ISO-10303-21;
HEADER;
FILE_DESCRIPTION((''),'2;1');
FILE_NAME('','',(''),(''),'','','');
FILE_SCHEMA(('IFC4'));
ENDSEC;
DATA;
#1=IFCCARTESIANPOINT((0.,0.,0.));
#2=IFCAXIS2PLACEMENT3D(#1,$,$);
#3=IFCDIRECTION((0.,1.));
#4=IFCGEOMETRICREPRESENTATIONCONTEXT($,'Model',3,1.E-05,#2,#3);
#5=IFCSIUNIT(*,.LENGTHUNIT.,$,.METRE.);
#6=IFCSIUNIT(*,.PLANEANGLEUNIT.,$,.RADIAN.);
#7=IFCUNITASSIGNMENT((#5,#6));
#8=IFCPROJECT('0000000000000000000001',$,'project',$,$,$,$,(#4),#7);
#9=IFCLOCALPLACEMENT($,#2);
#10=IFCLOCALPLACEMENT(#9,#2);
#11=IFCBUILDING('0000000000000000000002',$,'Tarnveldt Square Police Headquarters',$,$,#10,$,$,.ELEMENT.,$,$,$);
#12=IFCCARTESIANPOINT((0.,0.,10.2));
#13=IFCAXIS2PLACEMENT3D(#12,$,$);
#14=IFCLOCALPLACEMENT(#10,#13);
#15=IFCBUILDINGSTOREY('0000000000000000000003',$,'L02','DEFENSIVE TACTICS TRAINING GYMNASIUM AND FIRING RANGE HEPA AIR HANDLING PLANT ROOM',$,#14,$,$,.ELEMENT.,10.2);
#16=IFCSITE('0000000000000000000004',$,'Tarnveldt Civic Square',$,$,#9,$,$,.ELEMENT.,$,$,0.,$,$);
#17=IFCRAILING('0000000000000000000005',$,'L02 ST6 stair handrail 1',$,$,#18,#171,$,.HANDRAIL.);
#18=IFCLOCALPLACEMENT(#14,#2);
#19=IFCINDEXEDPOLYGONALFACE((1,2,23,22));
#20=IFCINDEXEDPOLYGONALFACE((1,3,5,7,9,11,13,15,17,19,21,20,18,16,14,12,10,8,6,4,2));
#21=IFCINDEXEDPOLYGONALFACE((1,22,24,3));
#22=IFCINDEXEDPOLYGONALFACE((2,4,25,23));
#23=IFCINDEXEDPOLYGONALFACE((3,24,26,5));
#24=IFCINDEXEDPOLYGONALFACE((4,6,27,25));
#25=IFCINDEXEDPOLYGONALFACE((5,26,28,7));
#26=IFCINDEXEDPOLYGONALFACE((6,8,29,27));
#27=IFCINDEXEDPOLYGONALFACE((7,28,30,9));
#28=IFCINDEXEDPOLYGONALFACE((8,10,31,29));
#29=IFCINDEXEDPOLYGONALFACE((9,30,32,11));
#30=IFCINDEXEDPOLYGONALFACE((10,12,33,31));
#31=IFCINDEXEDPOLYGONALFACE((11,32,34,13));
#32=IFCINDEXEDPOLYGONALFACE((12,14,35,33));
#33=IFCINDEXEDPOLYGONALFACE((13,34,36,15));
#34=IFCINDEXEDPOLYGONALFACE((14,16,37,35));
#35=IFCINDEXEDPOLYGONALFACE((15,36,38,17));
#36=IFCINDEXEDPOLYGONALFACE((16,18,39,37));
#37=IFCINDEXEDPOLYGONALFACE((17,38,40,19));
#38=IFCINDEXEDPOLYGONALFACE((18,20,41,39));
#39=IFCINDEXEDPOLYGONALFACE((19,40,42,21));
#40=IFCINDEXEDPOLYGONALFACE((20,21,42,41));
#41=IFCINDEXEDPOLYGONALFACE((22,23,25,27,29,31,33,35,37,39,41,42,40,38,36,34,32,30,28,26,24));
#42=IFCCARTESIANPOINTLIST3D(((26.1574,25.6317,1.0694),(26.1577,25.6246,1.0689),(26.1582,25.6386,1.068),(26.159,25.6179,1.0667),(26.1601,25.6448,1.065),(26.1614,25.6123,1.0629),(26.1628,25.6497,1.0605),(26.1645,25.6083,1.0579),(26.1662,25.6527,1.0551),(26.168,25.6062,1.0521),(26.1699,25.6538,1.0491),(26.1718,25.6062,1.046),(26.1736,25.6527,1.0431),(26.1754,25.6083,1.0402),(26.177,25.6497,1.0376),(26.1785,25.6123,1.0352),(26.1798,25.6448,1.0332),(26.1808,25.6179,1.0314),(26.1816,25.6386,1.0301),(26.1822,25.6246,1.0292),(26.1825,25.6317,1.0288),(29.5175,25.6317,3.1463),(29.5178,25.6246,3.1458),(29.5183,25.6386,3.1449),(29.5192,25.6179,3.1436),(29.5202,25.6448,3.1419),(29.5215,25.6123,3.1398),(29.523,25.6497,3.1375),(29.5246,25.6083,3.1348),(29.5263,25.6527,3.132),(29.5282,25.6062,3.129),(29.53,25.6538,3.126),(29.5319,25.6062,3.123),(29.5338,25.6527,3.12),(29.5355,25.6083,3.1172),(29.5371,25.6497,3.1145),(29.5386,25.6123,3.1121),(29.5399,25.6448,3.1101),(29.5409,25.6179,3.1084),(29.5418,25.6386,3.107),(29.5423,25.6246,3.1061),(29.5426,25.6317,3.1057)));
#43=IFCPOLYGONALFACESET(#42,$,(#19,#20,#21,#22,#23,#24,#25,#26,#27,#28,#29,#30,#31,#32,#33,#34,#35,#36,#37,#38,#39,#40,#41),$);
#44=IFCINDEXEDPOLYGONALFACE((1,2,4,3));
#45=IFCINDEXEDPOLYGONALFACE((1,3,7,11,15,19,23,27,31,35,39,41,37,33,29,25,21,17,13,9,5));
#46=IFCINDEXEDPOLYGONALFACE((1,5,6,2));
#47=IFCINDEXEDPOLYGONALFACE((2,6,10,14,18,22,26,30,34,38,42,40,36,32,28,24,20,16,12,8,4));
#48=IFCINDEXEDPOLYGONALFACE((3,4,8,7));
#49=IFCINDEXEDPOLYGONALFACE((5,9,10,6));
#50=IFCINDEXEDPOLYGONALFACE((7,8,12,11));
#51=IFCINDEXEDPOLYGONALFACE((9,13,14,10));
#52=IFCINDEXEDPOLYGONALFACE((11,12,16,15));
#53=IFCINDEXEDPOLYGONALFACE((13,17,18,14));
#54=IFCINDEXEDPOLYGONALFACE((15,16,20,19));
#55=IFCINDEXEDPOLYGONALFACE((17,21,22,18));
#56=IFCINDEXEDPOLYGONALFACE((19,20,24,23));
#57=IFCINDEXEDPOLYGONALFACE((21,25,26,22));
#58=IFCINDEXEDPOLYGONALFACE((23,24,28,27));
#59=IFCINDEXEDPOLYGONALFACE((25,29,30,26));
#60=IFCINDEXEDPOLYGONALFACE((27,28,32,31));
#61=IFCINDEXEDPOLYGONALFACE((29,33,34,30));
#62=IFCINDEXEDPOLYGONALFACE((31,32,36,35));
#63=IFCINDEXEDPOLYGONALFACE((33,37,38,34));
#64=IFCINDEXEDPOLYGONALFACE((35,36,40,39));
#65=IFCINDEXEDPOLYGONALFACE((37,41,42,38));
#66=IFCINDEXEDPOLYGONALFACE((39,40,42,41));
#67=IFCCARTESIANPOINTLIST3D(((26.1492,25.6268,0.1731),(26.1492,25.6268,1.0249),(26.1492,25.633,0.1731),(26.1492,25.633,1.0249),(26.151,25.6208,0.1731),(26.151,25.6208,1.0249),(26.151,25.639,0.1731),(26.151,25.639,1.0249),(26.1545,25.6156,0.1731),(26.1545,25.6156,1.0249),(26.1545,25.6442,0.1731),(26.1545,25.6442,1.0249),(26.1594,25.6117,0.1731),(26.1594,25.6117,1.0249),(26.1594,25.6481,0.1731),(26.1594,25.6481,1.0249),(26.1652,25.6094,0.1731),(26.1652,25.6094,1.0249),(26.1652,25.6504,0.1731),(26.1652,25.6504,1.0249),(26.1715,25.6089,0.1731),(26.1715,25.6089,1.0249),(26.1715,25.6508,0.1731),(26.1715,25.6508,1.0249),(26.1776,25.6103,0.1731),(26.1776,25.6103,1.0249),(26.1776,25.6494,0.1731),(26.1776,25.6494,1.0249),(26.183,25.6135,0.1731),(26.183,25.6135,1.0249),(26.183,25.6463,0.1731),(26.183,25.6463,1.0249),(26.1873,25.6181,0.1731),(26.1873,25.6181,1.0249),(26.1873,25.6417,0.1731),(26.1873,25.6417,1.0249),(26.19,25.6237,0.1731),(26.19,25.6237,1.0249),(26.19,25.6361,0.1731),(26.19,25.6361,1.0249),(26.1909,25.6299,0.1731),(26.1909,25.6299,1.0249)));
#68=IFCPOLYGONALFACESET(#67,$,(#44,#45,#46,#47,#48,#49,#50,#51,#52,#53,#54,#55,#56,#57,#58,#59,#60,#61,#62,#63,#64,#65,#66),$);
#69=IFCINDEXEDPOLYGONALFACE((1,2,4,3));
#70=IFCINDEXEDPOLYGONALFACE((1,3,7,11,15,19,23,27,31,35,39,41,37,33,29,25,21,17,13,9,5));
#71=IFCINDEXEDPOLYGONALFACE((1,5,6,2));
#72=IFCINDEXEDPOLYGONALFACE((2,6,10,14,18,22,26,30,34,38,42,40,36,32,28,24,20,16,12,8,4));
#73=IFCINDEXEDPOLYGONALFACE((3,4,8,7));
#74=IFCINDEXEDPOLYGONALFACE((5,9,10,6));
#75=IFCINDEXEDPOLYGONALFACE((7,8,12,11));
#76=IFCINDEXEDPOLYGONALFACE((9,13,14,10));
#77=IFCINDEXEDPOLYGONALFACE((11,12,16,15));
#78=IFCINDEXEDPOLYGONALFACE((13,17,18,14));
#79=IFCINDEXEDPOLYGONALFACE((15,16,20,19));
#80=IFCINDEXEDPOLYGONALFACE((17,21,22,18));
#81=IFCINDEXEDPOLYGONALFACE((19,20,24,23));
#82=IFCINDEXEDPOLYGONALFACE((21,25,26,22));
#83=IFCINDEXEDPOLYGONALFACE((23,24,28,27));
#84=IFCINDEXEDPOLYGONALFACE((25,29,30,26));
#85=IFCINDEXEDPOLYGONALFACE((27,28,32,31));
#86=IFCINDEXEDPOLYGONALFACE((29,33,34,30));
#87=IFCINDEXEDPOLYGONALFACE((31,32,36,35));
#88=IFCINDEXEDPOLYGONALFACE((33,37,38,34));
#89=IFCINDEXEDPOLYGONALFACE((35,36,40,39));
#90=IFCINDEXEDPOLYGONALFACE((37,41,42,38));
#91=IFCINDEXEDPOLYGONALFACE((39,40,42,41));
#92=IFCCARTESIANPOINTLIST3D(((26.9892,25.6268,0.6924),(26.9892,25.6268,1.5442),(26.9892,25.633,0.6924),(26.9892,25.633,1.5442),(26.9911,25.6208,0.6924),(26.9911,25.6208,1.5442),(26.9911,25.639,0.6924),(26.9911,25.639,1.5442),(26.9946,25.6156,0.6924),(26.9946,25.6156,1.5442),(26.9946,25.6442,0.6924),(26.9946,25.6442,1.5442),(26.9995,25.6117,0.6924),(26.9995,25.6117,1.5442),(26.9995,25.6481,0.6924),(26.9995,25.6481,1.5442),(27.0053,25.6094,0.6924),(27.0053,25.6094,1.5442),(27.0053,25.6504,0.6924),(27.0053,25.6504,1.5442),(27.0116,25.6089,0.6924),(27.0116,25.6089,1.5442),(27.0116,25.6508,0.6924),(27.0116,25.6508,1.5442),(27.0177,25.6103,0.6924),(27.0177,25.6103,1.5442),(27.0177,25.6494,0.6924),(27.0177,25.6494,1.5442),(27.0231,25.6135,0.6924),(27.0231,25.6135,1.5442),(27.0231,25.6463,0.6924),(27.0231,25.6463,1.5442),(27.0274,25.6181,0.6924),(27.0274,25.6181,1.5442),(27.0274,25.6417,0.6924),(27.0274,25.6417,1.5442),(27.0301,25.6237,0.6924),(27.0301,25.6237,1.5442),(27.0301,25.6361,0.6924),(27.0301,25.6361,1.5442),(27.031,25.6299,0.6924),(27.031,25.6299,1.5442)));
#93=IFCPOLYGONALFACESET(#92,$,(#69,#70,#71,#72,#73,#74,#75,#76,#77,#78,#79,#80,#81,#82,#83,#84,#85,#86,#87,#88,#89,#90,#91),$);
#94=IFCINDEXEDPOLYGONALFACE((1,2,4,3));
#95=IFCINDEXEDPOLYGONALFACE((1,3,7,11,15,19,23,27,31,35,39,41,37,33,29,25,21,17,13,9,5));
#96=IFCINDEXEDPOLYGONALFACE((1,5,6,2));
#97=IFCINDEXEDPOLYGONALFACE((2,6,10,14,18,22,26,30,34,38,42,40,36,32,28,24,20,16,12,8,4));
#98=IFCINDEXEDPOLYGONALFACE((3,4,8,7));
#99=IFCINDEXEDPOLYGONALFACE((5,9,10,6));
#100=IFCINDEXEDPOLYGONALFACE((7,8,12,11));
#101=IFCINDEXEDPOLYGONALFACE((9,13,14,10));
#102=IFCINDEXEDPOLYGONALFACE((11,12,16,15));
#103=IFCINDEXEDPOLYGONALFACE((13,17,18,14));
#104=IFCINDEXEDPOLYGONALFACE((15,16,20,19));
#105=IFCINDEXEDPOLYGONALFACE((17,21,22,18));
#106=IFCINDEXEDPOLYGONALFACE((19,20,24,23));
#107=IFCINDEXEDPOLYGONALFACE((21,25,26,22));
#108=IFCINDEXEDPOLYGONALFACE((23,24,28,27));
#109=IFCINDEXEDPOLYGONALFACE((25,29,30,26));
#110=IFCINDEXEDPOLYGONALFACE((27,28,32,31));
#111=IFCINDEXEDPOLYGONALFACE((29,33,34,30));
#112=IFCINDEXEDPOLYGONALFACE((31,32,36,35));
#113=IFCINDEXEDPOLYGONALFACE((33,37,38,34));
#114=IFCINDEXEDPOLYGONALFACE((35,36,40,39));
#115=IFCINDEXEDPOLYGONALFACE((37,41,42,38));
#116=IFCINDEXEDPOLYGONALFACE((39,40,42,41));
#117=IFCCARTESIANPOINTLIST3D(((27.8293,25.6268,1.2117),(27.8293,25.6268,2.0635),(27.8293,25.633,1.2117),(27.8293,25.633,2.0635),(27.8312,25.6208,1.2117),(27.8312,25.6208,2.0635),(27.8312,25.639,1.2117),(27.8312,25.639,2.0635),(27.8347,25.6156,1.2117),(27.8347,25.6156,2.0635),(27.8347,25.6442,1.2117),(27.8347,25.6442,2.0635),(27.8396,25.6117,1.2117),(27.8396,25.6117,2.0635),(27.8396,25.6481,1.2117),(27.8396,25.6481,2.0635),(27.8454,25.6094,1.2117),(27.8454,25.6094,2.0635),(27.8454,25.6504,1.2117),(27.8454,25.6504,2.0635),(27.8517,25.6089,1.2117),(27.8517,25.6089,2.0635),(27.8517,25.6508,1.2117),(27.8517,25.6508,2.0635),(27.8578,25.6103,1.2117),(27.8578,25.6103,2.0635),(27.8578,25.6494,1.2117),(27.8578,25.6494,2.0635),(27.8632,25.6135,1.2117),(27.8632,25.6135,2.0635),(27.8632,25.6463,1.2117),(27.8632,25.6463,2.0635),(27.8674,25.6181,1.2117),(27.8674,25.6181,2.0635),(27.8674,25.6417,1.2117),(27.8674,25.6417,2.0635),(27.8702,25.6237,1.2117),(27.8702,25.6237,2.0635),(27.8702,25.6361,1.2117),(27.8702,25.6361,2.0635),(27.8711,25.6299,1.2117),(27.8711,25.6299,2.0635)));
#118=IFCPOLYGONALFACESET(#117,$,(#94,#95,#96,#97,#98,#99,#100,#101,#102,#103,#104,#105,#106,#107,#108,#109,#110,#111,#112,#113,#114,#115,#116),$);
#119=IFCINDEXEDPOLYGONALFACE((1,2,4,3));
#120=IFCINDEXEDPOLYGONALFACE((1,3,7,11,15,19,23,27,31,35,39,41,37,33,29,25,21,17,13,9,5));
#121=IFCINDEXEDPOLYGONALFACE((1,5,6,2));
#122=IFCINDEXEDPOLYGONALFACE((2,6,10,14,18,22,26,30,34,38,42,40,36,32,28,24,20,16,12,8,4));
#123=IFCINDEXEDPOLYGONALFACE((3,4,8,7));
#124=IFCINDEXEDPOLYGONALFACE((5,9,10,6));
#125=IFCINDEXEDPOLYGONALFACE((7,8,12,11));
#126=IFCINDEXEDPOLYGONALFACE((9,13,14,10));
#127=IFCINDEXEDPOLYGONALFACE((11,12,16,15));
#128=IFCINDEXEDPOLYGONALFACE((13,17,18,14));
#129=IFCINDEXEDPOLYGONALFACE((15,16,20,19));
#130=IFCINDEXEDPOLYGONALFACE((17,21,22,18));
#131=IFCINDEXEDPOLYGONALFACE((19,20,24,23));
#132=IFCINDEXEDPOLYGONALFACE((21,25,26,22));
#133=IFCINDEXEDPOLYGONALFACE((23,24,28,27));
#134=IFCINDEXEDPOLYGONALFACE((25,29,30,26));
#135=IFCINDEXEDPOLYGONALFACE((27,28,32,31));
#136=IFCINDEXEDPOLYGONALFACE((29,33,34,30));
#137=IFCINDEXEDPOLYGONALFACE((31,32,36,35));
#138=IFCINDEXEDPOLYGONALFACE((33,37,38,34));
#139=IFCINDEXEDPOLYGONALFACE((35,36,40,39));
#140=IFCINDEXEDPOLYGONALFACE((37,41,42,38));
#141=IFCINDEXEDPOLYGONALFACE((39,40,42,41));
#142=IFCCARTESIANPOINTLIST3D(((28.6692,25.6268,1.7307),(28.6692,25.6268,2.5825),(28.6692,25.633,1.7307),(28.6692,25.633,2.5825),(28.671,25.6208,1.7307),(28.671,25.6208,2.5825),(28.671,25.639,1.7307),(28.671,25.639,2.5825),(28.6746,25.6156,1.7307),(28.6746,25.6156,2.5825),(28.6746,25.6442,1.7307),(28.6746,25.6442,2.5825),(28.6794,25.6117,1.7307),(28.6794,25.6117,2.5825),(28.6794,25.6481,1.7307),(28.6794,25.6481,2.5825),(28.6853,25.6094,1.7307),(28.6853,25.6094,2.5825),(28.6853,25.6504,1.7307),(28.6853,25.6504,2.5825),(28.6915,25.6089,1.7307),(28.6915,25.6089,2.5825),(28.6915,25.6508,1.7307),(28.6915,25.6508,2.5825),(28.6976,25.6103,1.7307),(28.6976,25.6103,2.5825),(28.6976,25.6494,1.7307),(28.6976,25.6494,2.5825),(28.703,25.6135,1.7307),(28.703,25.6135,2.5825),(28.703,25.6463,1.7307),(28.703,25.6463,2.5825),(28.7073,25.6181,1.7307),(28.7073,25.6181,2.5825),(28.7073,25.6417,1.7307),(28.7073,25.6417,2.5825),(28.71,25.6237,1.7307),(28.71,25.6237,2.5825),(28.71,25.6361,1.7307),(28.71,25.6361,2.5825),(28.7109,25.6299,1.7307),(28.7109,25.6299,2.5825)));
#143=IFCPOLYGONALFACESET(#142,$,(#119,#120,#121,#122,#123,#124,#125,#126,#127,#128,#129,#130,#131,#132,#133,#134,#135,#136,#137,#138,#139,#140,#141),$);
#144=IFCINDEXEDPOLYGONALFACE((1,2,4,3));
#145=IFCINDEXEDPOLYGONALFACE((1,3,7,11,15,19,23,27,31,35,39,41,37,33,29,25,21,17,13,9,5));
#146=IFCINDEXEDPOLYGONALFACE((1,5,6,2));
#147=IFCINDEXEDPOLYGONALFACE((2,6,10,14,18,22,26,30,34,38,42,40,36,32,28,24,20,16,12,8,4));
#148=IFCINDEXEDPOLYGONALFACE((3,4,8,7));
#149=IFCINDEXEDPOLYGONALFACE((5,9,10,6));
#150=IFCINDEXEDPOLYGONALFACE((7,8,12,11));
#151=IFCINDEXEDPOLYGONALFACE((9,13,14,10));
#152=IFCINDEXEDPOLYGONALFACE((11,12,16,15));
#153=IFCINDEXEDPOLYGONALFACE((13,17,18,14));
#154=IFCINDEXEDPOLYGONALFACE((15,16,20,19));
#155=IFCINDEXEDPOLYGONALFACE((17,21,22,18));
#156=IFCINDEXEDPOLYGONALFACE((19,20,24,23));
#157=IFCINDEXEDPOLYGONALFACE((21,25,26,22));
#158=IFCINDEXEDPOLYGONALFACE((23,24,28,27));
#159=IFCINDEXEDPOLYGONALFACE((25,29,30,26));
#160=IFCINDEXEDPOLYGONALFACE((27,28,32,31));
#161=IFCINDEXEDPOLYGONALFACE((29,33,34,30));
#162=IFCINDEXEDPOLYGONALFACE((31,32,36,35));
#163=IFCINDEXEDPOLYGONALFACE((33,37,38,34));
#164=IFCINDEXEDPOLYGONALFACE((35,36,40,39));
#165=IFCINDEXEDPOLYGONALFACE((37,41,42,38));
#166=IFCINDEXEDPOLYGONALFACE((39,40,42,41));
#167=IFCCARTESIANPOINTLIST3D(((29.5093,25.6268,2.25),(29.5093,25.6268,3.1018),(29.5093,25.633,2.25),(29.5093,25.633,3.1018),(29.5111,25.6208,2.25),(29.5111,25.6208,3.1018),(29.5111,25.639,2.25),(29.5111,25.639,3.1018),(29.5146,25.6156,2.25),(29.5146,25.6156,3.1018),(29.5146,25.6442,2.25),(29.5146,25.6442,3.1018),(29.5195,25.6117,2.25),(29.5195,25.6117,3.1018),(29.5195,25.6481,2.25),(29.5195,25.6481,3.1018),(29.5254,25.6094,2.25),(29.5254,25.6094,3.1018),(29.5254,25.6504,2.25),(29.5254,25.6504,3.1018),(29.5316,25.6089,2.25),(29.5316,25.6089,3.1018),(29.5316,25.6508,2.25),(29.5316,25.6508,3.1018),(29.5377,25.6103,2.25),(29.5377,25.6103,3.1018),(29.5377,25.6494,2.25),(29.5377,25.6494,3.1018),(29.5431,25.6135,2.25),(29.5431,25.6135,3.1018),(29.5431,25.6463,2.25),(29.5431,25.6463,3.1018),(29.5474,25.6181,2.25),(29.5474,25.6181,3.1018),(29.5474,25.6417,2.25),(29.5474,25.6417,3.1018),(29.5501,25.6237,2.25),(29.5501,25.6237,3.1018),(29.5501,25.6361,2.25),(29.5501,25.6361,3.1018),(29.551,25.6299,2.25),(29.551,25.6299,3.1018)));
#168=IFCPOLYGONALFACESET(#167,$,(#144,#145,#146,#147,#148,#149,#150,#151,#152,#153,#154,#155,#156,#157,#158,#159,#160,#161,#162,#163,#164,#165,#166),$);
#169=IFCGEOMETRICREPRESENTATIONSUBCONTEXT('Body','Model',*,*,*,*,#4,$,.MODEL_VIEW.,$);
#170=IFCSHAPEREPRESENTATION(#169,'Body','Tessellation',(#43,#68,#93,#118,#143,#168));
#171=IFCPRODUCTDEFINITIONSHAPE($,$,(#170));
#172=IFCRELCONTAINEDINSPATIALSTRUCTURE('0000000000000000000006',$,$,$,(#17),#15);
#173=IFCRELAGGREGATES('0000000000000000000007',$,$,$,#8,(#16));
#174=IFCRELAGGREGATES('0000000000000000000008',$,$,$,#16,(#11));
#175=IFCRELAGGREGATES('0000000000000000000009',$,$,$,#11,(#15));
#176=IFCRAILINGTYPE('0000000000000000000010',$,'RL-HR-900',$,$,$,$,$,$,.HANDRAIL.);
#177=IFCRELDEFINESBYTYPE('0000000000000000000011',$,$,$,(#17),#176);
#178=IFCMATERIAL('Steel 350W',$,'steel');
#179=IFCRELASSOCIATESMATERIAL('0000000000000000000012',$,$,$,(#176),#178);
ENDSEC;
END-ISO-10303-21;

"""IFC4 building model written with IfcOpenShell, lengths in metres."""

from ifc_helpers import new_model, si_unit, direction, frame, origin, origin_2d, place, context, subcontext, project, spatial, circle, extrude, material, type_object, element, save


model = new_model("IFC4")

# Units and contexts
model_context = context("Model", 3, precision=1e-05, world=origin(), true_north=direction((0.0, 1.0)))
body_context = subcontext(model_context, "Body", "Model", "MODEL_VIEW")
ifc_project = project(units=[si_unit("LENGTHUNIT", "METRE"), si_unit("PLANEANGLEUNIT", "RADIAN")], contexts=[model_context])

# Site, building, storey
site_placement = place(None, origin())
site = spatial("IfcSite", under=ifc_project, at=site_placement, Name="Tarnveldt Civic Square", CompositionType="ELEMENT", RefElevation=0.0)
building_placement = place(site_placement, origin())
building = spatial("IfcBuilding", under=site, at=building_placement, Name="Tarnveldt Square Police Headquarters", CompositionType="ELEMENT")
storey_placement = place(building_placement, frame((0.0, 0.0, 10.2)))
storey = spatial("IfcBuildingStorey", under=building, at=storey_placement, Name="L02", Description="DEFENSIVE TACTICS TRAINING GYMNASIUM AND FIRING RANGE HEPA AIR HANDLING PLANT ROOM", CompositionType="ELEMENT", Elevation=10.2)

# Shared definitions
ifc_material_1 = material(Name="Steel 350W", Category="steel")

# Railing
railing_type_1 = type_object("IfcRailingType", Name="RL-HR-900", PredefinedType="HANDRAIL", material=ifc_material_1)
railing_1_placement = place(storey_placement, frame((26.1699, 25.6299, 0.1731)))
element("IfcRailing", 1, at=railing_1_placement, inside=storey, type_object=railing_type_1, Name="L02 ST6 stair handrail 1", PredefinedType="HANDRAIL", context=body_context, shape_type="SweptSolid", body=[
    extrude(circle(Radius=0.0239, at=origin_2d()), frame((0.0, 0.0, 0.876), z_axis=(0.850623, 0.0, 0.525776), x_axis=(0.0, 1.0, 0.0)), (0.0, 0.0, 1.0), 3.9502),
    extrude(circle(Radius=0.021, at=origin_2d()), origin(), (0.0, 0.0, 1.0), 0.8518),
    extrude(circle(Radius=0.021, at=origin_2d()), frame((0.8401, 0.0, 0.5193)), (0.0, 0.0, 1.0), 0.8518),
    extrude(circle(Radius=0.021, at=origin_2d()), frame((1.6802, 0.0, 1.0386)), (0.0, 0.0, 1.0), 0.8518),
    extrude(circle(Radius=0.021, at=origin_2d()), frame((2.52, 0.0, 1.5576)), (0.0, 0.0, 1.0), 0.8518),
    extrude(circle(Radius=0.021, at=origin_2d()), frame((3.3601, 0.0, 2.0769)), (0.0, 0.0, 1.0), 0.8518),
])

save(model, "model.ifc")
